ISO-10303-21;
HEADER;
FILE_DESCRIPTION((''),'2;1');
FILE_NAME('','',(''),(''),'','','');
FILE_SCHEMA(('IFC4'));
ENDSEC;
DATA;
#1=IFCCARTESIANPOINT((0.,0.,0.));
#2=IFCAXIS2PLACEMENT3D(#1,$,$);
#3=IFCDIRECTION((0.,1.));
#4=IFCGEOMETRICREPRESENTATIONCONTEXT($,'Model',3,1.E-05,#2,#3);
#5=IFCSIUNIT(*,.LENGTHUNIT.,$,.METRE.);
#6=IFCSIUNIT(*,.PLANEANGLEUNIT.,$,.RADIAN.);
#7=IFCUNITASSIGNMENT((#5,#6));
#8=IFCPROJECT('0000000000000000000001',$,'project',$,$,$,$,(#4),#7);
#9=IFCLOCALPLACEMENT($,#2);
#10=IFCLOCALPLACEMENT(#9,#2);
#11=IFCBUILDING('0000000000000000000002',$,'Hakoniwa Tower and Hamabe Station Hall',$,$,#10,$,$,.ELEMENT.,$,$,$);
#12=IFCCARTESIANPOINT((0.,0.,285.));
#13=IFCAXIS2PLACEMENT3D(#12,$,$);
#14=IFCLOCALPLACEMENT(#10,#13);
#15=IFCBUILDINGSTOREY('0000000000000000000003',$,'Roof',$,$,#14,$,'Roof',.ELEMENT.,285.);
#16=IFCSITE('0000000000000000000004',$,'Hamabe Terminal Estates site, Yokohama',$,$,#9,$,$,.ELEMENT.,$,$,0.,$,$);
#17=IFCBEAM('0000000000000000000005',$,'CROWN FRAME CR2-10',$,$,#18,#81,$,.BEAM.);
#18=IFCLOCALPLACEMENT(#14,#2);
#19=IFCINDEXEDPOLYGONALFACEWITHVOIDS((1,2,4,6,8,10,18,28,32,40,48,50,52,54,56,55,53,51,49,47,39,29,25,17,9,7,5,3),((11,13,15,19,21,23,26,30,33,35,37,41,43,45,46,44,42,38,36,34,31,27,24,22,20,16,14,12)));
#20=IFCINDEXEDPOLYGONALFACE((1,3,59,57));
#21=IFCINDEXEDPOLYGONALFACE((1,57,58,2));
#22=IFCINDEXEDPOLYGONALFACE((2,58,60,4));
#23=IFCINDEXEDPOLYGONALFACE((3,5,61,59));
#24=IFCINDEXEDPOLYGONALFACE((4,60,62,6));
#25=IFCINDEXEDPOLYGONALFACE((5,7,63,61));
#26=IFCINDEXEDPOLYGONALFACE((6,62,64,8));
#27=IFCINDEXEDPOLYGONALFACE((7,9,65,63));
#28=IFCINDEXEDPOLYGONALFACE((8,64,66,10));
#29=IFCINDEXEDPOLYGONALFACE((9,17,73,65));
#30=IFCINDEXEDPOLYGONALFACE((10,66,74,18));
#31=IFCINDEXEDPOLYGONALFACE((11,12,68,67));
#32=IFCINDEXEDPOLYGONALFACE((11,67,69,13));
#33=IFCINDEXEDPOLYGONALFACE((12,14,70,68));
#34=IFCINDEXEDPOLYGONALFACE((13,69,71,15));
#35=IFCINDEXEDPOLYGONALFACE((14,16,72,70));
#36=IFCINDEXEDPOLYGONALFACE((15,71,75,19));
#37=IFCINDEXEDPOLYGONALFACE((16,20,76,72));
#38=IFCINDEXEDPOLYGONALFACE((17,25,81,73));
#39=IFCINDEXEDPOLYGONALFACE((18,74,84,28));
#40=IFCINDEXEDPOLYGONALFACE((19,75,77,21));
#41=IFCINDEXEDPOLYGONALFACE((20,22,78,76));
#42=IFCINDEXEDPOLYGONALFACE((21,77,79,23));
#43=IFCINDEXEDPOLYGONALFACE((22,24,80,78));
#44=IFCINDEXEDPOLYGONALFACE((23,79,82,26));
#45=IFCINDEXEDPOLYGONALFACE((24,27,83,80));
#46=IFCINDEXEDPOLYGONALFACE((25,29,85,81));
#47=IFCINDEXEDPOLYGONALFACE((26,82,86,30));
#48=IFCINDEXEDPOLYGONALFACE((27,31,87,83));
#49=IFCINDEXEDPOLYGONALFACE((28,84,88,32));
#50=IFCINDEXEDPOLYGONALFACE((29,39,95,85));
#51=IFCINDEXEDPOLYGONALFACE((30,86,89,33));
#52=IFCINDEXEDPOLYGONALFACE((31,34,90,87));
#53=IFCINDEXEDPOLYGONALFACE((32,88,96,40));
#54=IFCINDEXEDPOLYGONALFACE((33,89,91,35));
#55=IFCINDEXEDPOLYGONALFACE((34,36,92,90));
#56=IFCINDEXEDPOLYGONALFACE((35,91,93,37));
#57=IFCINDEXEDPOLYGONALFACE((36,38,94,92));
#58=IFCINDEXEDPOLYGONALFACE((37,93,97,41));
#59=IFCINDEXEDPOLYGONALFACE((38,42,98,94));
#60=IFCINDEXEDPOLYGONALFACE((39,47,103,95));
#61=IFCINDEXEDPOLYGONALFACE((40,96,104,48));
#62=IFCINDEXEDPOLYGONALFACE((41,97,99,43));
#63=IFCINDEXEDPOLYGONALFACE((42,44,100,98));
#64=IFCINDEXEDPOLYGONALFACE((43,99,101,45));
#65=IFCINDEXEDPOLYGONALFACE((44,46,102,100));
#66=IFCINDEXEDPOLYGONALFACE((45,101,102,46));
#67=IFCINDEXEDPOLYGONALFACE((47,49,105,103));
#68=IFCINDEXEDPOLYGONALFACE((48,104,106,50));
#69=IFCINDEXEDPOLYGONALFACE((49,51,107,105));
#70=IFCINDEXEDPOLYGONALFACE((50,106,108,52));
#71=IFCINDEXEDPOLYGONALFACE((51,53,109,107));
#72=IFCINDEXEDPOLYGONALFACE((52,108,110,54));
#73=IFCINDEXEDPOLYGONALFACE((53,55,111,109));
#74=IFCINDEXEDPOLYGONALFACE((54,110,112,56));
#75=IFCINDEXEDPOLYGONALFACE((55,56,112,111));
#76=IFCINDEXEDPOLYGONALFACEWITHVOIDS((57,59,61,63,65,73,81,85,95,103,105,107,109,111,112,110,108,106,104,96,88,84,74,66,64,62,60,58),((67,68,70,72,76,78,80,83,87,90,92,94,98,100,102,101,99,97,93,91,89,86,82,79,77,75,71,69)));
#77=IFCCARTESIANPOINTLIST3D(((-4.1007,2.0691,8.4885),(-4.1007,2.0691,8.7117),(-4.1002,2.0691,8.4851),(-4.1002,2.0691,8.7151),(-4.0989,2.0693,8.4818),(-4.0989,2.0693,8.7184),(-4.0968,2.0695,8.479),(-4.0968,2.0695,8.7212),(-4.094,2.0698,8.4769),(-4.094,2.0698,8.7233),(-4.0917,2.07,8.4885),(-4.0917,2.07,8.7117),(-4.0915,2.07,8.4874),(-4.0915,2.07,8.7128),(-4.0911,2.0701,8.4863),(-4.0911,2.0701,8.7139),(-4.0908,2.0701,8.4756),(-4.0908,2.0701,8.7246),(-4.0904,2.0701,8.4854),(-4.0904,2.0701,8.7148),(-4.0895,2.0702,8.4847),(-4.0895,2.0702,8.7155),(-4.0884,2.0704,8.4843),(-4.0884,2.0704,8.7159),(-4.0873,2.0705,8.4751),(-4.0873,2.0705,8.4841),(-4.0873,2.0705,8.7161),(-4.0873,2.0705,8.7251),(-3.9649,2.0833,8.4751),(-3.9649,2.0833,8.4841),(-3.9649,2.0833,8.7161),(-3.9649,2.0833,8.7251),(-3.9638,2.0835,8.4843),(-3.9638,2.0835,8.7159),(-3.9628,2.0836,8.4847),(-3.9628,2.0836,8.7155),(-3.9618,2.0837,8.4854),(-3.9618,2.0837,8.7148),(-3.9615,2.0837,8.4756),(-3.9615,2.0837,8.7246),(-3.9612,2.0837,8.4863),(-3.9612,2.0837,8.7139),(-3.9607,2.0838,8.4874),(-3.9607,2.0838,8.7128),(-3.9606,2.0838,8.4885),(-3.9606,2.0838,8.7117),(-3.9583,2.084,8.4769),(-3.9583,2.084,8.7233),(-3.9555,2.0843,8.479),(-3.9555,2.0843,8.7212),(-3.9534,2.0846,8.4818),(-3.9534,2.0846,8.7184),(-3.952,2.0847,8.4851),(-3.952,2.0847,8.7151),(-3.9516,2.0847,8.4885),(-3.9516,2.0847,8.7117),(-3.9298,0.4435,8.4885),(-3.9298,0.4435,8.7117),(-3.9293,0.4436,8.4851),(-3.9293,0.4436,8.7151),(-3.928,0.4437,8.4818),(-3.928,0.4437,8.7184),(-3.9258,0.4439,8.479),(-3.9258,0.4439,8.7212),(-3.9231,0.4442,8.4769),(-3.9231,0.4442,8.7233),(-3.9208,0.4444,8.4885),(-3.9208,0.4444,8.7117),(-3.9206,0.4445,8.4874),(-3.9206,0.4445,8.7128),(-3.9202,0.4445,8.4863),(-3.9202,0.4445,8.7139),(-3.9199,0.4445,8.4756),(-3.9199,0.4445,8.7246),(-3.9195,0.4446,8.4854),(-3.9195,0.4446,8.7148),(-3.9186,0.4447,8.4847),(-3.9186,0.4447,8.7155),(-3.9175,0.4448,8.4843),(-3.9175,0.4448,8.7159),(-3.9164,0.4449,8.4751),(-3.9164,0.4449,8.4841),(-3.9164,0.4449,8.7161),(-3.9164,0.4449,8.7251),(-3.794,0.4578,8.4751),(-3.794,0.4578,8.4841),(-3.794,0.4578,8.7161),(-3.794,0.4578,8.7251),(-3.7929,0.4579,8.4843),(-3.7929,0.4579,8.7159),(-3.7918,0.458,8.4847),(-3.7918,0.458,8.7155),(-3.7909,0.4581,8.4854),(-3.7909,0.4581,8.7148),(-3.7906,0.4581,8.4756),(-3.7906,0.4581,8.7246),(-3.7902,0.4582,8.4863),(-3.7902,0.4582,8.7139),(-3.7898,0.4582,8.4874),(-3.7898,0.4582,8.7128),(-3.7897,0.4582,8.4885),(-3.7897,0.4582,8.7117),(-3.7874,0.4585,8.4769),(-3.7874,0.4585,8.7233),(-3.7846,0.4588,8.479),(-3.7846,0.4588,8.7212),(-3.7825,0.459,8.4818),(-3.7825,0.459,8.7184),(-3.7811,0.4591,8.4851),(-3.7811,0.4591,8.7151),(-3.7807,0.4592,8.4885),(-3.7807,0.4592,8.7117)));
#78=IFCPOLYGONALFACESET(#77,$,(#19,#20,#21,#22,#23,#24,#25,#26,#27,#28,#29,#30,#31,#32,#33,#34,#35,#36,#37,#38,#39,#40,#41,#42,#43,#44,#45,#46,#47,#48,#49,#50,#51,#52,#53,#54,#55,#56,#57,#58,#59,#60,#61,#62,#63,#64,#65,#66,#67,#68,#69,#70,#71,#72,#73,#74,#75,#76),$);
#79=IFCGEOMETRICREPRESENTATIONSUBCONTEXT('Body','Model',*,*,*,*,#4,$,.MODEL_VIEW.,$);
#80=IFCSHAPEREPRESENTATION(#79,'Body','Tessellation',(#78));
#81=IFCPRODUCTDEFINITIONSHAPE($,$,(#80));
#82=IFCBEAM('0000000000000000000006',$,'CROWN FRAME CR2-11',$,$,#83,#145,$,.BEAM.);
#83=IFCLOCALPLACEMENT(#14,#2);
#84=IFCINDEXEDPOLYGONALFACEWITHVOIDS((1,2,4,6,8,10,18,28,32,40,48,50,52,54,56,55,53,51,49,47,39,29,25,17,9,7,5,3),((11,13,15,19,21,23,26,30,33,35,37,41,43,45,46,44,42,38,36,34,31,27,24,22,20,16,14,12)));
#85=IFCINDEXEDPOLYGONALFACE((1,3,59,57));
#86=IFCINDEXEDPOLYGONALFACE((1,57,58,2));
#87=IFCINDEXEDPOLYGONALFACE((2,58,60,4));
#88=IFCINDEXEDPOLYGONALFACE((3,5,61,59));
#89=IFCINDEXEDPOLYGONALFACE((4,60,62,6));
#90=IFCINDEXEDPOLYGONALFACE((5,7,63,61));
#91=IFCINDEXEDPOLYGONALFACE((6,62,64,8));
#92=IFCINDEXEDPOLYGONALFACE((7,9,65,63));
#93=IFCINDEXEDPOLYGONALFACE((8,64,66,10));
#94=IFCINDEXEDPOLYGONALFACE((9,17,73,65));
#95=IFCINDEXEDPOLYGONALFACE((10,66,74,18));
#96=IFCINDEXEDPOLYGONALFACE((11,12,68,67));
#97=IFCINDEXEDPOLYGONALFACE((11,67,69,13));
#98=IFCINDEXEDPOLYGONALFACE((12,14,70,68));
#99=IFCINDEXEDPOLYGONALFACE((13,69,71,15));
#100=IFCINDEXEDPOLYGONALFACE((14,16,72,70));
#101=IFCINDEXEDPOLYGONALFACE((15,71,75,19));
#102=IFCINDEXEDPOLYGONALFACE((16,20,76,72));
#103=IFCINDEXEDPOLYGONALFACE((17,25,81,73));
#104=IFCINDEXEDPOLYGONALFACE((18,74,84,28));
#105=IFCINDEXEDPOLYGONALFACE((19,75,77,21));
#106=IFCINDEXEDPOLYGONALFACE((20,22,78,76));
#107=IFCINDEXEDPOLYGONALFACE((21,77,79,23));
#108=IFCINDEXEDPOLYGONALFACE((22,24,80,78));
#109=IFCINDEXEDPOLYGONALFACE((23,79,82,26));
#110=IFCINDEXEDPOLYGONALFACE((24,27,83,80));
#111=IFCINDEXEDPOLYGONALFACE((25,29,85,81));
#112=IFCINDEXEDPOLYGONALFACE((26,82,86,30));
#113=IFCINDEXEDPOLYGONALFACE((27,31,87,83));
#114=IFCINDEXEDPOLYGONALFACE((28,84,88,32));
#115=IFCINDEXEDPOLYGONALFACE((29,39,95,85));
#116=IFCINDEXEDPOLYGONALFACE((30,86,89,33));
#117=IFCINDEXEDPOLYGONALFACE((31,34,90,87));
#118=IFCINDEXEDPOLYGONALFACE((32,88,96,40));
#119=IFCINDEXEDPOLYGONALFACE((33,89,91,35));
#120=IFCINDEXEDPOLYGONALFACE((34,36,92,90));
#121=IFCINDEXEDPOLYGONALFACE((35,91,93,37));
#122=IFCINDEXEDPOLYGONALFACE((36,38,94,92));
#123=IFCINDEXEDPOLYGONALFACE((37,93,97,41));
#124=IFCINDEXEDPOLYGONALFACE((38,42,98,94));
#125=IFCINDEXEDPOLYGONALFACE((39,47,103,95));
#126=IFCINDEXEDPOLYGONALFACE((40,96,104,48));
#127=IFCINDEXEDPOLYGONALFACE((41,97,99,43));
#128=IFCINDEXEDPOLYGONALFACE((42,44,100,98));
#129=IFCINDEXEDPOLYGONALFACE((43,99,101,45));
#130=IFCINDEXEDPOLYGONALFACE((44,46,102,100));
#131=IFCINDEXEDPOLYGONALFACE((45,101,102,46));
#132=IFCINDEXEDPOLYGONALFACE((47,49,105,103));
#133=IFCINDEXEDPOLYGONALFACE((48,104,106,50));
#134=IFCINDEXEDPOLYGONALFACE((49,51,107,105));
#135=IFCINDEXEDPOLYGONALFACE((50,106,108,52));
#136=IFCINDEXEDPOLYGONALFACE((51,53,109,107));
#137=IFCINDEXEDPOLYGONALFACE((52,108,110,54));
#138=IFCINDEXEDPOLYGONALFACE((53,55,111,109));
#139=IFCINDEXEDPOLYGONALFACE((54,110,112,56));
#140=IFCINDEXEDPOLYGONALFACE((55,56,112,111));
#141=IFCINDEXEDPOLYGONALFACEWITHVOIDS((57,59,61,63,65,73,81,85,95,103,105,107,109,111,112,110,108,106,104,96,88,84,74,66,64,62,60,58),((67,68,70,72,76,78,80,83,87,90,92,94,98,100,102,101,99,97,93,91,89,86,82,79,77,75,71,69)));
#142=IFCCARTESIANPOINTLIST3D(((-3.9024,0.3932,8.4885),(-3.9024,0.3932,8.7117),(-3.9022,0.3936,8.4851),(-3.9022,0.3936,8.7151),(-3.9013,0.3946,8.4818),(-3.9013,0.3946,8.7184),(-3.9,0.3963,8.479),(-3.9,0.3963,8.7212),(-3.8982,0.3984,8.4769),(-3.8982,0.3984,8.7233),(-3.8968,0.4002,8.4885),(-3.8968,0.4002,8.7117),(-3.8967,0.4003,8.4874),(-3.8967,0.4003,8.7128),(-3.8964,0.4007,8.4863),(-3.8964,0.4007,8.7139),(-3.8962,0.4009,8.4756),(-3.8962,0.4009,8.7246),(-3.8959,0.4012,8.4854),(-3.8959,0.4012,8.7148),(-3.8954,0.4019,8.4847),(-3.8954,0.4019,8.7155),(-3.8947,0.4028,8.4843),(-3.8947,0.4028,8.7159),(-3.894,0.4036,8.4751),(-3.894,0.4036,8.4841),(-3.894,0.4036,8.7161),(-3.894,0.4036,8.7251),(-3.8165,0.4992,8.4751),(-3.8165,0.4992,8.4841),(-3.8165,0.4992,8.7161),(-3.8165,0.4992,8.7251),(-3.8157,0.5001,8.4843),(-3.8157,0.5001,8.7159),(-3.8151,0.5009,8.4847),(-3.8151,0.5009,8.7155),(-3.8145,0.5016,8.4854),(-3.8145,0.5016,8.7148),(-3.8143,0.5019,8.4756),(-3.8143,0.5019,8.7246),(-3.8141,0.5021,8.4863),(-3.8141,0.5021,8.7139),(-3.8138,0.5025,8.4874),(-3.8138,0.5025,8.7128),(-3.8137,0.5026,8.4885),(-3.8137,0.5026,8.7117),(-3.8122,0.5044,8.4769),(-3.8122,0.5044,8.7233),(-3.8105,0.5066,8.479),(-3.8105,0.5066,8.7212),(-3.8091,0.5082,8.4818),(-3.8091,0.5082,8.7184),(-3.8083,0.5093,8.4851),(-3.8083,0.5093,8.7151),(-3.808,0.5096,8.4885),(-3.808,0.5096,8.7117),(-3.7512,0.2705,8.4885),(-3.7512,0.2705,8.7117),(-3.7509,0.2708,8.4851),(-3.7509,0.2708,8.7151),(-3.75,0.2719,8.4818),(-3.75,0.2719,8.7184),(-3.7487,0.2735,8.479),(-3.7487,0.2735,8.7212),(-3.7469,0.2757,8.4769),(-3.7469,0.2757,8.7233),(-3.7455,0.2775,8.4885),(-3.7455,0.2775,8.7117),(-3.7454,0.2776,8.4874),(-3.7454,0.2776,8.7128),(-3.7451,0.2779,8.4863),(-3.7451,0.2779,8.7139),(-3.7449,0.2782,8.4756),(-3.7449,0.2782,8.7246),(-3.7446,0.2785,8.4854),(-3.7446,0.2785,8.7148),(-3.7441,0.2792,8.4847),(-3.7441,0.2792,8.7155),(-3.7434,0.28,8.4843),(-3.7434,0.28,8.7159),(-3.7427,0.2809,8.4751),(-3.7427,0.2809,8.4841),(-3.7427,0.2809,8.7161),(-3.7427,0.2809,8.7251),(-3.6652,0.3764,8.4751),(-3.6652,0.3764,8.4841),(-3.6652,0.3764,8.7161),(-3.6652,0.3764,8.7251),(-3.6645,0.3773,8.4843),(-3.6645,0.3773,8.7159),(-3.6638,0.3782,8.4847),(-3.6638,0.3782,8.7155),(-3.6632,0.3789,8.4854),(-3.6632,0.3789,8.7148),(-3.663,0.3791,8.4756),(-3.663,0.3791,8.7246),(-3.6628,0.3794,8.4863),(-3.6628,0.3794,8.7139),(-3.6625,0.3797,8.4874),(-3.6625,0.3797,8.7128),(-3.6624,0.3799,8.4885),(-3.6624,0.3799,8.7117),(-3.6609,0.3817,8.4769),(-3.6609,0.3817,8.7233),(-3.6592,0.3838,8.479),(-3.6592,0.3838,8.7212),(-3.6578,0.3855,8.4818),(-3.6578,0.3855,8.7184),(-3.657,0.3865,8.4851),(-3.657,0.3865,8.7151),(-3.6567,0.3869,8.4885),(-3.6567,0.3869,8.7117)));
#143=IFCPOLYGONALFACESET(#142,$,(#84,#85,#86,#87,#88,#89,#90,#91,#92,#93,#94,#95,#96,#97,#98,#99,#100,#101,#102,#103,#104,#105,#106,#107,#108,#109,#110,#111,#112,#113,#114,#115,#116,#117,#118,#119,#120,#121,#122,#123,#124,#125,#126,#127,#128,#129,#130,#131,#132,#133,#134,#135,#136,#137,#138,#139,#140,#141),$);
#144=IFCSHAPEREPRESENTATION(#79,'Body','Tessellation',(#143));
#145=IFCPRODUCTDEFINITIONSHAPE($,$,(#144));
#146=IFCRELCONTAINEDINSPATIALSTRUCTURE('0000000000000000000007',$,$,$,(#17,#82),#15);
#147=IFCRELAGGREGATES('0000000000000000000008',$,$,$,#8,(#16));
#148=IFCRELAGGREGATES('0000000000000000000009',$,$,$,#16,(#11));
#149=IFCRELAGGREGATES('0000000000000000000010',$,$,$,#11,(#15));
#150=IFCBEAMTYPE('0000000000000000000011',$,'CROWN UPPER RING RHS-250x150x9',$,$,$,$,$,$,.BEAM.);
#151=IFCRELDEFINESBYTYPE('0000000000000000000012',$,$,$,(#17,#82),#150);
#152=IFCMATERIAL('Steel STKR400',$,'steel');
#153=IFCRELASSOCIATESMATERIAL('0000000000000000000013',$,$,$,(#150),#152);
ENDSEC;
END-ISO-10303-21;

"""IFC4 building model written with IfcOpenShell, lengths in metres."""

from ifc_helpers import new_model, si_unit, direction, frame, origin, origin_2d, place, context, subcontext, project, spatial, hollow_rectangle, extrude, material, material_profile, profile_set, type_object, element, save


model = new_model("IFC4")

# Units and contexts
model_context = context("Model", 3, precision=1e-05, world=origin(), true_north=direction((0.0, 1.0)))
body_context = subcontext(model_context, "Body", "Model", "MODEL_VIEW")
ifc_project = project(units=[si_unit("LENGTHUNIT", "METRE"), si_unit("PLANEANGLEUNIT", "RADIAN")], contexts=[model_context])

# Site, building, storey
site_placement = place(None, origin())
site = spatial("IfcSite", under=ifc_project, at=site_placement, Name="Hamabe Terminal Estates site, Yokohama", CompositionType="ELEMENT", RefElevation=0.0)
building_placement = place(site_placement, origin())
building = spatial("IfcBuilding", under=site, at=building_placement, Name="Hakoniwa Tower and Hamabe Station Hall", CompositionType="ELEMENT")
storey_placement = place(building_placement, frame((0.0, 0.0, 285.0)))
storey = spatial("IfcBuildingStorey", under=building, at=storey_placement, Name="Roof", LongName="Roof", CompositionType="ELEMENT", Elevation=285.0)

# Beams
ifc_material_1 = material(Name="Steel STKR400", Category="steel")
ifc_material_profile_1 = material_profile(ifc_material_1, hollow_rectangle(XDim=0.1499, YDim=0.25, WallThickness=0.009, InnerFilletRadius=0.0044, OuterFilletRadius=0.0134, at=origin_2d()), Name="RHS-250x150x9")
ifc_profile_set_1 = profile_set([ifc_material_profile_1], Name="Steel STKR400")
beam_type = type_object("IfcBeamType", Name="CROWN UPPER RING RHS-250x150x9", PredefinedType="BEAM", material=ifc_profile_set_1)
beam_1_placement = place(storey_placement, frame((-4.0261, 2.0769, 8.6001), z_axis=(0.10456, -0.994519, 0.0), x_axis=(0.994519, 0.10456, 0.0)))
element("IfcBeam", 1, at=beam_1_placement, inside=storey, type_object=beam_type, Name="CROWN FRAME CR2-10", PredefinedType="BEAM", context=body_context, shape_type="SweptSolid", body=[
    extrude(hollow_rectangle(XDim=0.1499, YDim=0.25, WallThickness=0.009, InnerFilletRadius=0.0044, OuterFilletRadius=0.0134, at=origin_2d()), origin(), (0.0, 0.0, 1.0), 1.6345),
])
beam_2_placement = place(storey_placement, frame((-3.8552, 0.4514, 8.6001), z_axis=(0.776574, -0.630027, 0.0), x_axis=(0.630027, 0.776574, 0.0)))
element("IfcBeam", 2, at=beam_2_placement, inside=storey, type_object=beam_type, Name="CROWN FRAME CR2-11", PredefinedType="BEAM", context=body_context, shape_type="SweptSolid", body=[
    extrude(hollow_rectangle(XDim=0.1499, YDim=0.25, WallThickness=0.009, InnerFilletRadius=0.0044, OuterFilletRadius=0.0134, at=origin_2d()), origin(), (0.0, 0.0, 1.0), 0.1948),
])

save(model, "model.ifc")
